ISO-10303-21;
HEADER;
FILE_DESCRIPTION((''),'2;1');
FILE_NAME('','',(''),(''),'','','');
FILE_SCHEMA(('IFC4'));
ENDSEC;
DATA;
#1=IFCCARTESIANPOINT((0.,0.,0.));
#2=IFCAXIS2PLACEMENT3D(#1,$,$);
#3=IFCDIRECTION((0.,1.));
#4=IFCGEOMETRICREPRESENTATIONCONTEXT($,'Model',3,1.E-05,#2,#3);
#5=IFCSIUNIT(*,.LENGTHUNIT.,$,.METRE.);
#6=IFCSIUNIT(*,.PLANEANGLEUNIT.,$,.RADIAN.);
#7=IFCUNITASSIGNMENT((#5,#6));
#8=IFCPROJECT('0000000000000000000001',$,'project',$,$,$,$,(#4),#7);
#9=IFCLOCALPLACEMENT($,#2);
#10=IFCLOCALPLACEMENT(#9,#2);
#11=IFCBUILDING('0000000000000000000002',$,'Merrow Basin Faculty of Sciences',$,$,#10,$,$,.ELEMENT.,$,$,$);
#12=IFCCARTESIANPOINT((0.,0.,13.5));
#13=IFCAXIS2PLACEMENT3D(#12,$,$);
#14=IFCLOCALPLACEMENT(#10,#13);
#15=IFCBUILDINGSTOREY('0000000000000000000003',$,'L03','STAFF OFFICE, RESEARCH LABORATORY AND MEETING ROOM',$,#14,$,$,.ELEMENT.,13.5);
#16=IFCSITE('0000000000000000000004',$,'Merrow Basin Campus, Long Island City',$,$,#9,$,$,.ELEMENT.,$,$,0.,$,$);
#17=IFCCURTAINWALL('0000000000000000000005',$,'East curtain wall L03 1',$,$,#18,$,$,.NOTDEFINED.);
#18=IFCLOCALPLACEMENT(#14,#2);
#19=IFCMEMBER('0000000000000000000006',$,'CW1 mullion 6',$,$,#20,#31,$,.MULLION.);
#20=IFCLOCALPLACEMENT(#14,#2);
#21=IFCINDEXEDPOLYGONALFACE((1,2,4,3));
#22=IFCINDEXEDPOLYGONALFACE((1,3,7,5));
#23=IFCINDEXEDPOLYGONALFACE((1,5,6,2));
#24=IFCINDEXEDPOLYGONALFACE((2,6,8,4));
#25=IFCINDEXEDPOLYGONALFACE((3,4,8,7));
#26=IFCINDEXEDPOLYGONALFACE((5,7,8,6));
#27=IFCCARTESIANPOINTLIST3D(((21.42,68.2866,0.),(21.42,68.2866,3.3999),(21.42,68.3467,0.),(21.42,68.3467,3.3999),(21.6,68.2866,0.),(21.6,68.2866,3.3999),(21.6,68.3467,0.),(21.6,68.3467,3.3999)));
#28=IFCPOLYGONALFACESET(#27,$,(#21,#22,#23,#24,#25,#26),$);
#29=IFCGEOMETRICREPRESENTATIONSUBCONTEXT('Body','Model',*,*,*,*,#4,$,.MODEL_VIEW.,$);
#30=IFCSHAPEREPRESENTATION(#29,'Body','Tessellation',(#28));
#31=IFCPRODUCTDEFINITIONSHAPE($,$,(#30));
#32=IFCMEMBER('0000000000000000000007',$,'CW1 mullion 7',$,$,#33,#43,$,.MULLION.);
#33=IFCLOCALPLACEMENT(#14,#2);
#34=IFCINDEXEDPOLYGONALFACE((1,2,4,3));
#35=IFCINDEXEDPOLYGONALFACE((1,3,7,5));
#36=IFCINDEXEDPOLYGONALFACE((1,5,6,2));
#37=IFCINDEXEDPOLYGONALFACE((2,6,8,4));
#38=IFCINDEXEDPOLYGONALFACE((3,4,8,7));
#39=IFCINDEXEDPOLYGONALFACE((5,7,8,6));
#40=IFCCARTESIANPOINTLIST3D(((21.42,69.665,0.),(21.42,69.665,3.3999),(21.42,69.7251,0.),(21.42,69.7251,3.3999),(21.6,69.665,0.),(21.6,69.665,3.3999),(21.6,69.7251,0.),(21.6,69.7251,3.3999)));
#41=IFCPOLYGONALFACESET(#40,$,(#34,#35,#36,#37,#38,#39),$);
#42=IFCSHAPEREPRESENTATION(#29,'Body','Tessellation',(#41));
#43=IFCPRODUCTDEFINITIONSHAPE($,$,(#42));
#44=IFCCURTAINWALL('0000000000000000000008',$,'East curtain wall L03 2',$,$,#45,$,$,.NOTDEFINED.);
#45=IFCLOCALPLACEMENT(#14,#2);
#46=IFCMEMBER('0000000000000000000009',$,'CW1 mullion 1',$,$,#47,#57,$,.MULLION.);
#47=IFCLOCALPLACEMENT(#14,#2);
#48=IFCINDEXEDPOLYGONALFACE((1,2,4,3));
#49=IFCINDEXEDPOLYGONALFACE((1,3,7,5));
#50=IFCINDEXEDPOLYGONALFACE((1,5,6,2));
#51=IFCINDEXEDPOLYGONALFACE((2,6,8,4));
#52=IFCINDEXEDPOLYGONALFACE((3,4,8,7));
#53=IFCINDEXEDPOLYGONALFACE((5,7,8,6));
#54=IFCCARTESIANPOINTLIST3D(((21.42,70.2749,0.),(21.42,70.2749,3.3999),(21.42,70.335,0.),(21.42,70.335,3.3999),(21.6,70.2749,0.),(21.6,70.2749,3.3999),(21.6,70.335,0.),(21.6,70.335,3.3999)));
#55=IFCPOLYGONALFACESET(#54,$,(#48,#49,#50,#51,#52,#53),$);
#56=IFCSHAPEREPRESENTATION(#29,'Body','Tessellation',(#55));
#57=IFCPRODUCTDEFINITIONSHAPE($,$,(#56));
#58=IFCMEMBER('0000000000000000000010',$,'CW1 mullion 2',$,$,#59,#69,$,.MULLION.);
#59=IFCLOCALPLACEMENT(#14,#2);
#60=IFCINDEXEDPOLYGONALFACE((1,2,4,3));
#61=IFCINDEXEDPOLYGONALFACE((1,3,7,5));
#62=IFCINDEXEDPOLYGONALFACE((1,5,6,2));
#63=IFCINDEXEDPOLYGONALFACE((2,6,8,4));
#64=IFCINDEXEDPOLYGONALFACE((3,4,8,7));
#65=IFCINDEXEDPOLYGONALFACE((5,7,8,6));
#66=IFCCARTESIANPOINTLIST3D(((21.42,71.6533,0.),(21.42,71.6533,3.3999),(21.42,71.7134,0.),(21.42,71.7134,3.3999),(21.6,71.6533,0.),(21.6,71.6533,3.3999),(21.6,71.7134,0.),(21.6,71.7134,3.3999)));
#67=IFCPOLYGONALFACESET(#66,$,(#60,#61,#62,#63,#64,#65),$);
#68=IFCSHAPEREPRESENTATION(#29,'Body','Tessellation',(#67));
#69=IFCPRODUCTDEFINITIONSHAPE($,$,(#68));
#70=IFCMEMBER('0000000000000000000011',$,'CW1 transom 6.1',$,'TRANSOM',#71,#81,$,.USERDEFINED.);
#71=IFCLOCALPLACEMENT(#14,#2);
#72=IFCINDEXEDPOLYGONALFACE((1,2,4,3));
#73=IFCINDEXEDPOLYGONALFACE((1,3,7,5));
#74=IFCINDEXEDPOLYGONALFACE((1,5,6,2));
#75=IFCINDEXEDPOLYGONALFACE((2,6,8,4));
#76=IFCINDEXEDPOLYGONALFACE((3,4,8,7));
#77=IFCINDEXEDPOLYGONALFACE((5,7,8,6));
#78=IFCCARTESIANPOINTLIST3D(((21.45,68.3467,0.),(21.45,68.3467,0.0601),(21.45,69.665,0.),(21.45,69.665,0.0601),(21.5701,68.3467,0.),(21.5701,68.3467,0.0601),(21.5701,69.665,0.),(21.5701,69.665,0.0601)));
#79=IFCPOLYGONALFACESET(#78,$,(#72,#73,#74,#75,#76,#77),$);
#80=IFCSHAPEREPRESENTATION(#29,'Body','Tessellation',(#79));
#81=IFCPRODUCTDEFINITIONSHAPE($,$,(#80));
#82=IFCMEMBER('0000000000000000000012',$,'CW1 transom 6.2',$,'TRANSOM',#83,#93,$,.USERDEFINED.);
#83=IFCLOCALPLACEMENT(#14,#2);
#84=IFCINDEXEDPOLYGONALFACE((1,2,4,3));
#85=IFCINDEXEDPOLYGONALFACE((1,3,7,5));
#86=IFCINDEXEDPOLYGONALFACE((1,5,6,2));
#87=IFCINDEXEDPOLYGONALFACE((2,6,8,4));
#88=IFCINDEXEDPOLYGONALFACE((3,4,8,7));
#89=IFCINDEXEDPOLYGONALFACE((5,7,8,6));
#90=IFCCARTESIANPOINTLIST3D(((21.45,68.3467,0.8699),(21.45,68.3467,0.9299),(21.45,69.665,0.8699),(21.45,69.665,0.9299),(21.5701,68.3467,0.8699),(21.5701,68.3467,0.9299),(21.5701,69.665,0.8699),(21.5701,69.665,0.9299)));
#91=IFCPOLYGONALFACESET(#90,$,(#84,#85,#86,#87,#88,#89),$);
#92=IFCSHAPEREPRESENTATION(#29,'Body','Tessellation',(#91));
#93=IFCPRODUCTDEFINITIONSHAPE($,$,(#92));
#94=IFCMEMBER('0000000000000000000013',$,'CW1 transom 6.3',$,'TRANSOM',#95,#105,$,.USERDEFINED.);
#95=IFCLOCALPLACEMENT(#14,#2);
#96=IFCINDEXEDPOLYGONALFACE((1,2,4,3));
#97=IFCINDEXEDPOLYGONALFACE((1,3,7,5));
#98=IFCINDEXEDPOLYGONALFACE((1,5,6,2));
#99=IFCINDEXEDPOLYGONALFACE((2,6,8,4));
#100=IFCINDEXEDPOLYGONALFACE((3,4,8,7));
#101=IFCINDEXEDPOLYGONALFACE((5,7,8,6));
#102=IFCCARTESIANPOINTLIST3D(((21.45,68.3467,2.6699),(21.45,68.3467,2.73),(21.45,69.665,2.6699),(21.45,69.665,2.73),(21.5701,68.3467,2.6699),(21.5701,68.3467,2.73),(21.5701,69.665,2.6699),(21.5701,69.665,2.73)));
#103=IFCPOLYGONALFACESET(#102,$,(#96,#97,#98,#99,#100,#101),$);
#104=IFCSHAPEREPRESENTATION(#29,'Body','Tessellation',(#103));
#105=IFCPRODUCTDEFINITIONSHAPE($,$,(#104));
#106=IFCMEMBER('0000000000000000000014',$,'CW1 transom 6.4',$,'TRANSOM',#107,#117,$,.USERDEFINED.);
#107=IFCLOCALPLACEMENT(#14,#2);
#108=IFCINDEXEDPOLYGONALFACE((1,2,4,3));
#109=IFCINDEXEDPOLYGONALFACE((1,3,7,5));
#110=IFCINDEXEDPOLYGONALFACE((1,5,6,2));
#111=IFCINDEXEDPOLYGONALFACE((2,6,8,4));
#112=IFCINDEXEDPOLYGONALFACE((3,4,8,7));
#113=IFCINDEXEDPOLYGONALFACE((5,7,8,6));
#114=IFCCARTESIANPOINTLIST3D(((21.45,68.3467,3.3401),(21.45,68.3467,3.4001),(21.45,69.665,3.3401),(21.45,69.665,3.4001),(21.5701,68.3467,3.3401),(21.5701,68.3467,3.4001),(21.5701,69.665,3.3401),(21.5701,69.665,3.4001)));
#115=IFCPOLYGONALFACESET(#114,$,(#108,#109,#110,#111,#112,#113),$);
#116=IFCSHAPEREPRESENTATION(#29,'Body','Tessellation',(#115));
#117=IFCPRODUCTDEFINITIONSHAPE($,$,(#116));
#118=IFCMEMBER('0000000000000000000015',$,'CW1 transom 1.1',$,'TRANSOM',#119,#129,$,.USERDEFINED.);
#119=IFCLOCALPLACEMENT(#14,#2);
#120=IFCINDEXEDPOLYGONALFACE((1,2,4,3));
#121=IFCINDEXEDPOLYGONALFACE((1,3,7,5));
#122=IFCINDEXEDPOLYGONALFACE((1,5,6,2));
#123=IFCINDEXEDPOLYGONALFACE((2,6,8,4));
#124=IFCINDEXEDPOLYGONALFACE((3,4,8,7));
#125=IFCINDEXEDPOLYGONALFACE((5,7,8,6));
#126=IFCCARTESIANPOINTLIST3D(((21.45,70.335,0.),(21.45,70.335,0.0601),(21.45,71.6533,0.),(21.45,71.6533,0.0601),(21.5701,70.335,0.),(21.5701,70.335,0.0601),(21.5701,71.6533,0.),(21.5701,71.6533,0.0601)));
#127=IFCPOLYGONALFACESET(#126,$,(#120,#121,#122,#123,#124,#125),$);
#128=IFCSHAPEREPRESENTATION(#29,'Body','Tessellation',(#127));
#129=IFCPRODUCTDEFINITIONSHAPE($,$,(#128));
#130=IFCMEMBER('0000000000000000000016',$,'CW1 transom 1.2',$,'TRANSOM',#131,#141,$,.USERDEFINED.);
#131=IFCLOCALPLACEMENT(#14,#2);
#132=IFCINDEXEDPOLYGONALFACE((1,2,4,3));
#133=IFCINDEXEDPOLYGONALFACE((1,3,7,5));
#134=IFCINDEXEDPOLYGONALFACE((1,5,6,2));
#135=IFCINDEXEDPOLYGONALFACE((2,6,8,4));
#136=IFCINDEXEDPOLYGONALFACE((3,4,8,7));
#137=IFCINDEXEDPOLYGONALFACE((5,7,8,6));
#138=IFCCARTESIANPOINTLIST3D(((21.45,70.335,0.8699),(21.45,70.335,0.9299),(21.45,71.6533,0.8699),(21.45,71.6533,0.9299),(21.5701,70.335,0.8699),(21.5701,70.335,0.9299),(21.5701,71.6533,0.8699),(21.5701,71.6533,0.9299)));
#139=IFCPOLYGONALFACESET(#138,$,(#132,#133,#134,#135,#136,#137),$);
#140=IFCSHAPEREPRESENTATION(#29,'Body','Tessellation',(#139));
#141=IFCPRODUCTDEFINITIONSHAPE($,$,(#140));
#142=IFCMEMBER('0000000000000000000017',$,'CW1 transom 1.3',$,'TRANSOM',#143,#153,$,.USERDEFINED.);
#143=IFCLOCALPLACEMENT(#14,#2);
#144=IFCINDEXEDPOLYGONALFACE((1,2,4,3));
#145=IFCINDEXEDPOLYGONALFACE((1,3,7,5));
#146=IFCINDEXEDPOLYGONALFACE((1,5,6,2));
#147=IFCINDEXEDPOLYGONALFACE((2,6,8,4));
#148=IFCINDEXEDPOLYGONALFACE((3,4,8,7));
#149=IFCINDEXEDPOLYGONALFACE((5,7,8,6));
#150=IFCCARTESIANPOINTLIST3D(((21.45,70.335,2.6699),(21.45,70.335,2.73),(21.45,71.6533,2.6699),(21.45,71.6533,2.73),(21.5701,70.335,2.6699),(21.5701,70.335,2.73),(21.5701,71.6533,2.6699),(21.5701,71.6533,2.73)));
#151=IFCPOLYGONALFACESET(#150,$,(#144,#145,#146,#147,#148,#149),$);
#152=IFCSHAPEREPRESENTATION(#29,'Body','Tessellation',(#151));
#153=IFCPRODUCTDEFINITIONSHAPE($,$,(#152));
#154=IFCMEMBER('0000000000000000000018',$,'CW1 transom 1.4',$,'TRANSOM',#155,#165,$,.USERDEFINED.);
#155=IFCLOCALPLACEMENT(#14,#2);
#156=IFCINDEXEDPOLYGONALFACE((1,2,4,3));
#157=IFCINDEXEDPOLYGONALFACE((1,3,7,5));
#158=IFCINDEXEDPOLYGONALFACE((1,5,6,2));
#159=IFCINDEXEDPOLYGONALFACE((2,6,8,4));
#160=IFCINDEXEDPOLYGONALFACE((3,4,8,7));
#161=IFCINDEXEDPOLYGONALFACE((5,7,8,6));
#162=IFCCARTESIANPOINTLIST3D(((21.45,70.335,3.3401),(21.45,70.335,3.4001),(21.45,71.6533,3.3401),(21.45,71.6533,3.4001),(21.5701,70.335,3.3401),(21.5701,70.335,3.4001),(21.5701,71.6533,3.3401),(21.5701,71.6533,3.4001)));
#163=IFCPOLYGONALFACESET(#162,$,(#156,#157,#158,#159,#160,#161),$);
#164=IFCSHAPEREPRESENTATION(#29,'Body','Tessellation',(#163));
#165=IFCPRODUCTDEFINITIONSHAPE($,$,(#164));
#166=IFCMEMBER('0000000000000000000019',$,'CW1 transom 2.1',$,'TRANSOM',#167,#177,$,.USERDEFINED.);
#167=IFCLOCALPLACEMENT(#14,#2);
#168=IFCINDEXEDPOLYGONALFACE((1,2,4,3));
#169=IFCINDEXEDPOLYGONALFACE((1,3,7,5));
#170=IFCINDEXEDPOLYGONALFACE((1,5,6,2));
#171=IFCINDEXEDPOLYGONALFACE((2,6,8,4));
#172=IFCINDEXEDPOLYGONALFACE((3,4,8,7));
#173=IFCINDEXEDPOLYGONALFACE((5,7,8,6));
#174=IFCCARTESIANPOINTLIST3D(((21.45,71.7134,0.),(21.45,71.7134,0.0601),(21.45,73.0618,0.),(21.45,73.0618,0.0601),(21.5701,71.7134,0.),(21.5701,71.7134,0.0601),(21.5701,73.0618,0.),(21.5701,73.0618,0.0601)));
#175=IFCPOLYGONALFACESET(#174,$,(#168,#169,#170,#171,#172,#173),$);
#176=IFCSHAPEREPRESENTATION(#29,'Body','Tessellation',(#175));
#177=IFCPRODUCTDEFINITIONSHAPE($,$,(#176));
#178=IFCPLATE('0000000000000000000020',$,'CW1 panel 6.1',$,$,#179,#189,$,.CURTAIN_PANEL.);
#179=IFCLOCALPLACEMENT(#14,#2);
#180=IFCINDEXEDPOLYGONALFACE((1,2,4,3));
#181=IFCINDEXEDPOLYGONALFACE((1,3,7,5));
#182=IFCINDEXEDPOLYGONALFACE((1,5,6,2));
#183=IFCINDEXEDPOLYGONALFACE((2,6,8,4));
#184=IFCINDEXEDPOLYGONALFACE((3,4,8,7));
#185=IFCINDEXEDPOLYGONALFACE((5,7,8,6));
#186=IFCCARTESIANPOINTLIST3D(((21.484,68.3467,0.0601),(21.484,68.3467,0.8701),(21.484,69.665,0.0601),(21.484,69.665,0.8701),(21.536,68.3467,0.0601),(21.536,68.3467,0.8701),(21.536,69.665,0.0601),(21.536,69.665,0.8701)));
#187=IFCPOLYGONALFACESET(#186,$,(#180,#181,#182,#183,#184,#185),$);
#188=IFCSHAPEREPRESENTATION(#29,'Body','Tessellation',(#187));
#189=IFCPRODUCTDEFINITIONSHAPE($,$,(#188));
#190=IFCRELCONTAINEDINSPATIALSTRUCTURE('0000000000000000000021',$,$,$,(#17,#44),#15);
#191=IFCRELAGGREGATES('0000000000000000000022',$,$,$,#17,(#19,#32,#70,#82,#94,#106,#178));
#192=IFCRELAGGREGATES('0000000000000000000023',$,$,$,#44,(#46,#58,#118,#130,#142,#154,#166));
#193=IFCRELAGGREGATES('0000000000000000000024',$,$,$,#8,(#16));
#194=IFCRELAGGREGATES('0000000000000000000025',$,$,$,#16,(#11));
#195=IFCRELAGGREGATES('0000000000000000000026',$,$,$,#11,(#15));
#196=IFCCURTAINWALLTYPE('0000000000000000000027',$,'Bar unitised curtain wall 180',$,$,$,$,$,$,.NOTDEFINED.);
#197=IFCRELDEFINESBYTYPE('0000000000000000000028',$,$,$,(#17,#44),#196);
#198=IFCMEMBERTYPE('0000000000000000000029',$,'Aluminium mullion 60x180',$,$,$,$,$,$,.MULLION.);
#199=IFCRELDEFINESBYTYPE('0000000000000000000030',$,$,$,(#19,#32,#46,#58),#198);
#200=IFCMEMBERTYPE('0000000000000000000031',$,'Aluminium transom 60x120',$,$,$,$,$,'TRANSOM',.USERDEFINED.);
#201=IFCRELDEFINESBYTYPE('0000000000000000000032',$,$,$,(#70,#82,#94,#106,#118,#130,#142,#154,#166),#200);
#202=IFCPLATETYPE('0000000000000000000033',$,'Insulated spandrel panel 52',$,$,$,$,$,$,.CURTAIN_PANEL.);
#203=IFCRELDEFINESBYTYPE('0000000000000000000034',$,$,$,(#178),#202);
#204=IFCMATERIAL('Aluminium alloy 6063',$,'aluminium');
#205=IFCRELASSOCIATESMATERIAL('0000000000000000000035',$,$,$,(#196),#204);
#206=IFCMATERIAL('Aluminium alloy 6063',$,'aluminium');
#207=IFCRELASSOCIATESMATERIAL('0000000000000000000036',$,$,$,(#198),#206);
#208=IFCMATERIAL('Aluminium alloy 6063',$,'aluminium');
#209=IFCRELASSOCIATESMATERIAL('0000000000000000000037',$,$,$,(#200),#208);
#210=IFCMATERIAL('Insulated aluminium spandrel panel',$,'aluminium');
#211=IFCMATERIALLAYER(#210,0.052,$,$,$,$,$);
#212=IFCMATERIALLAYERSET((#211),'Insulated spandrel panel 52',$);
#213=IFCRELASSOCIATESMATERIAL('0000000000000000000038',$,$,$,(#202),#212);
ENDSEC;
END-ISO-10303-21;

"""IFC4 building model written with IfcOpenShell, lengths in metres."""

from ifc_helpers import new_model, si_unit, direction, frame, origin, origin_2d, place, context, subcontext, project, spatial, rectangle, extrude, material, layer, layer_set, material_profile, profile_set, type_object, element, aggregate, save


model = new_model("IFC4")

# Units and contexts
model_context = context("Model", 3, precision=1e-05, world=origin(), true_north=direction((0.0, 1.0)))
body_context = subcontext(model_context, "Body", "Model", "MODEL_VIEW")
ifc_project = project(units=[si_unit("LENGTHUNIT", "METRE"), si_unit("PLANEANGLEUNIT", "RADIAN")], contexts=[model_context])

# Site, building, storey
site_placement = place(None, origin())
site = spatial("IfcSite", under=ifc_project, at=site_placement, Name="Merrow Basin Campus, Long Island City", CompositionType="ELEMENT", RefElevation=0.0)
building_placement = place(site_placement, origin())
building = spatial("IfcBuilding", under=site, at=building_placement, Name="Merrow Basin Faculty of Sciences", CompositionType="ELEMENT")
storey_placement = place(building_placement, frame((0.0, 0.0, 13.5)))
storey = spatial("IfcBuildingStorey", under=building, at=storey_placement, Name="L03", Description="STAFF OFFICE, RESEARCH LABORATORY AND MEETING ROOM", CompositionType="ELEMENT", Elevation=13.5)

# Curtain walls, members
ifc_material_1 = material(Name="Aluminium alloy 6063", Category="aluminium")
curtain_wall_type = type_object("IfcCurtainWallType", Name="Bar unitised curtain wall 180", PredefinedType="NOTDEFINED", material=ifc_material_1)
curtain_wall_1_placement = place(storey_placement, origin())
curtain_wall_1 = element("IfcCurtainWall", 1, at=curtain_wall_1_placement, inside=storey, type_object=curtain_wall_type, Name="East curtain wall L03 1", PredefinedType="NOTDEFINED")
ifc_material_2 = material(Name="Aluminium alloy 6063", Category="aluminium")
ifc_material_profile_1 = material_profile(ifc_material_2, rectangle(XDim=0.1799, YDim=0.0601, at=origin_2d()))
ifc_profile_set_1 = profile_set([ifc_material_profile_1], Name="Aluminium alloy 6063")
member_type_1 = type_object("IfcMemberType", Name="Aluminium mullion 60x180", PredefinedType="MULLION", material=ifc_profile_set_1)
member_1_placement = place(storey_placement, frame((21.51, 68.3167, 0.0), z_axis=(0.0, 0.0, 1.0), x_axis=(-1.0, 0.0, 0.0)))
member_1 = element("IfcMember", 2, at=member_1_placement, type_object=member_type_1, Name="CW1 mullion 6", PredefinedType="MULLION", context=body_context, shape_type="SweptSolid", body=[
    extrude(rectangle(XDim=0.1799, YDim=0.0601, at=origin_2d()), origin(), (0.0, 0.0, 1.0), 3.3999),
])
member_2_placement = place(storey_placement, frame((21.51, 69.6951, 0.0), z_axis=(0.0, 0.0, 1.0), x_axis=(-1.0, 0.0, 0.0)))
member_2 = element("IfcMember", 3, at=member_2_placement, type_object=member_type_1, Name="CW1 mullion 7", PredefinedType="MULLION", context=body_context, shape_type="SweptSolid", body=[
    extrude(rectangle(XDim=0.1799, YDim=0.0601, at=origin_2d()), origin(), (0.0, 0.0, 1.0), 3.3999),
])
curtain_wall_2_placement = place(storey_placement, origin())
curtain_wall_2 = element("IfcCurtainWall", 4, at=curtain_wall_2_placement, inside=storey, type_object=curtain_wall_type, Name="East curtain wall L03 2", PredefinedType="NOTDEFINED")
member_3_placement = place(storey_placement, frame((21.51, 70.3049, 0.0), z_axis=(0.0, 0.0, 1.0), x_axis=(-1.0, 0.0, 0.0)))
member_3 = element("IfcMember", 5, at=member_3_placement, type_object=member_type_1, Name="CW1 mullion 1", PredefinedType="MULLION", context=body_context, shape_type="SweptSolid", body=[
    extrude(rectangle(XDim=0.1799, YDim=0.0601, at=origin_2d()), origin(), (0.0, 0.0, 1.0), 3.3999),
])
member_4_placement = place(storey_placement, frame((21.51, 71.6833, 0.0), z_axis=(0.0, 0.0, 1.0), x_axis=(-1.0, 0.0, 0.0)))
member_4 = element("IfcMember", 6, at=member_4_placement, type_object=member_type_1, Name="CW1 mullion 2", PredefinedType="MULLION", context=body_context, shape_type="SweptSolid", body=[
    extrude(rectangle(XDim=0.1799, YDim=0.0601, at=origin_2d()), origin(), (0.0, 0.0, 1.0), 3.3999),
])

# Members
ifc_material_3 = material(Name="Aluminium alloy 6063", Category="aluminium")
ifc_material_profile_2 = material_profile(ifc_material_3, rectangle(XDim=0.1201, YDim=0.0601, at=origin_2d()))
ifc_profile_set_2 = profile_set([ifc_material_profile_2], Name="Aluminium alloy 6063")
member_type_2 = type_object("IfcMemberType", Name="Aluminium transom 60x120", ElementType="TRANSOM", PredefinedType="USERDEFINED", material=ifc_profile_set_2)
member_5_placement = place(storey_placement, frame((21.51, 68.3467, 0.03), z_axis=(0.0, 1.0, 0.0), x_axis=(-1.0, 0.0, 0.0)))
member_5 = element("IfcMember", 7, at=member_5_placement, type_object=member_type_2, Name="CW1 transom 6.1", ObjectType="TRANSOM", PredefinedType="USERDEFINED", context=body_context, shape_type="SweptSolid", body=[
    extrude(rectangle(XDim=0.1201, YDim=0.0601, at=origin_2d()), origin(), (0.0, 0.0, 1.0), 1.3184),
])
member_6_placement = place(storey_placement, frame((21.51, 68.3467, 0.8999), z_axis=(0.0, 1.0, 0.0), x_axis=(-1.0, 0.0, 0.0)))
member_6 = element("IfcMember", 8, at=member_6_placement, type_object=member_type_2, Name="CW1 transom 6.2", ObjectType="TRANSOM", PredefinedType="USERDEFINED", context=body_context, shape_type="SweptSolid", body=[
    extrude(rectangle(XDim=0.1201, YDim=0.0601, at=origin_2d()), origin(), (0.0, 0.0, 1.0), 1.3184),
])
member_7_placement = place(storey_placement, frame((21.51, 68.3467, 2.7), z_axis=(0.0, 1.0, 0.0), x_axis=(-1.0, 0.0, 0.0)))
member_7 = element("IfcMember", 9, at=member_7_placement, type_object=member_type_2, Name="CW1 transom 6.3", ObjectType="TRANSOM", PredefinedType="USERDEFINED", context=body_context, shape_type="SweptSolid", body=[
    extrude(rectangle(XDim=0.1201, YDim=0.0601, at=origin_2d()), origin(), (0.0, 0.0, 1.0), 1.3184),
])
member_8_placement = place(storey_placement, frame((21.51, 68.3467, 3.3701), z_axis=(0.0, 1.0, 0.0), x_axis=(-1.0, 0.0, 0.0)))
member_8 = element("IfcMember", 10, at=member_8_placement, type_object=member_type_2, Name="CW1 transom 6.4", ObjectType="TRANSOM", PredefinedType="USERDEFINED", context=body_context, shape_type="SweptSolid", body=[
    extrude(rectangle(XDim=0.1201, YDim=0.0601, at=origin_2d()), origin(), (0.0, 0.0, 1.0), 1.3184),
])
member_9_placement = place(storey_placement, frame((21.51, 70.335, 0.03), z_axis=(0.0, 1.0, 0.0), x_axis=(-1.0, 0.0, 0.0)))
member_9 = element("IfcMember", 11, at=member_9_placement, type_object=member_type_2, Name="CW1 transom 1.1", ObjectType="TRANSOM", PredefinedType="USERDEFINED", context=body_context, shape_type="SweptSolid", body=[
    extrude(rectangle(XDim=0.1201, YDim=0.0601, at=origin_2d()), origin(), (0.0, 0.0, 1.0), 1.3184),
])
member_10_placement = place(storey_placement, frame((21.51, 70.335, 0.8999), z_axis=(0.0, 1.0, 0.0), x_axis=(-1.0, 0.0, 0.0)))
member_10 = element("IfcMember", 12, at=member_10_placement, type_object=member_type_2, Name="CW1 transom 1.2", ObjectType="TRANSOM", PredefinedType="USERDEFINED", context=body_context, shape_type="SweptSolid", body=[
    extrude(rectangle(XDim=0.1201, YDim=0.0601, at=origin_2d()), origin(), (0.0, 0.0, 1.0), 1.3184),
])
member_11_placement = place(storey_placement, frame((21.51, 70.335, 2.7), z_axis=(0.0, 1.0, 0.0), x_axis=(-1.0, 0.0, 0.0)))
member_11 = element("IfcMember", 13, at=member_11_placement, type_object=member_type_2, Name="CW1 transom 1.3", ObjectType="TRANSOM", PredefinedType="USERDEFINED", context=body_context, shape_type="SweptSolid", body=[
    extrude(rectangle(XDim=0.1201, YDim=0.0601, at=origin_2d()), origin(), (0.0, 0.0, 1.0), 1.3184),
])
member_12_placement = place(storey_placement, frame((21.51, 70.335, 3.3701), z_axis=(0.0, 1.0, 0.0), x_axis=(-1.0, 0.0, 0.0)))
member_12 = element("IfcMember", 14, at=member_12_placement, type_object=member_type_2, Name="CW1 transom 1.4", ObjectType="TRANSOM", PredefinedType="USERDEFINED", context=body_context, shape_type="SweptSolid", body=[
    extrude(rectangle(XDim=0.1201, YDim=0.0601, at=origin_2d()), origin(), (0.0, 0.0, 1.0), 1.3184),
])
member_13_placement = place(storey_placement, frame((21.51, 71.7134, 0.03), z_axis=(0.0, 1.0, 0.0), x_axis=(-1.0, 0.0, 0.0)))
member_13 = element("IfcMember", 15, at=member_13_placement, type_object=member_type_2, Name="CW1 transom 2.1", ObjectType="TRANSOM", PredefinedType="USERDEFINED", context=body_context, shape_type="SweptSolid", body=[
    extrude(rectangle(XDim=0.1201, YDim=0.0601, at=origin_2d()), origin(), (0.0, 0.0, 1.0), 1.3484),
])

# Plate
ifc_material_4 = material(Name="Insulated aluminium spandrel panel", Category="aluminium")
ifc_layer_1 = layer(ifc_material_4, 0.052)
ifc_layer_set_1 = layer_set([ifc_layer_1], Name="Insulated spandrel panel 52")
plate_type_1 = type_object("IfcPlateType", Name="Insulated spandrel panel 52", PredefinedType="CURTAIN_PANEL", material=ifc_layer_set_1)
plate_1_placement = place(storey_placement, frame((21.51, 69.0059, 0.0601), z_axis=(0.0, 0.0, 1.0), x_axis=(0.0, 1.0, 0.0)))
plate_1 = element("IfcPlate", 16, at=plate_1_placement, type_object=plate_type_1, Name="CW1 panel 6.1", PredefinedType="CURTAIN_PANEL", context=body_context, shape_type="SweptSolid", body=[
    extrude(rectangle(XDim=1.3184, YDim=0.052, at=origin_2d()), origin(), (0.0, 0.0, 1.0), 0.8101),
])
aggregate(curtain_wall_1, [member_1, member_2, member_5, member_6, member_7, member_8, plate_1])
aggregate(curtain_wall_2, [member_3, member_4, member_9, member_10, member_11, member_12, member_13])

save(model, "model.ifc")
